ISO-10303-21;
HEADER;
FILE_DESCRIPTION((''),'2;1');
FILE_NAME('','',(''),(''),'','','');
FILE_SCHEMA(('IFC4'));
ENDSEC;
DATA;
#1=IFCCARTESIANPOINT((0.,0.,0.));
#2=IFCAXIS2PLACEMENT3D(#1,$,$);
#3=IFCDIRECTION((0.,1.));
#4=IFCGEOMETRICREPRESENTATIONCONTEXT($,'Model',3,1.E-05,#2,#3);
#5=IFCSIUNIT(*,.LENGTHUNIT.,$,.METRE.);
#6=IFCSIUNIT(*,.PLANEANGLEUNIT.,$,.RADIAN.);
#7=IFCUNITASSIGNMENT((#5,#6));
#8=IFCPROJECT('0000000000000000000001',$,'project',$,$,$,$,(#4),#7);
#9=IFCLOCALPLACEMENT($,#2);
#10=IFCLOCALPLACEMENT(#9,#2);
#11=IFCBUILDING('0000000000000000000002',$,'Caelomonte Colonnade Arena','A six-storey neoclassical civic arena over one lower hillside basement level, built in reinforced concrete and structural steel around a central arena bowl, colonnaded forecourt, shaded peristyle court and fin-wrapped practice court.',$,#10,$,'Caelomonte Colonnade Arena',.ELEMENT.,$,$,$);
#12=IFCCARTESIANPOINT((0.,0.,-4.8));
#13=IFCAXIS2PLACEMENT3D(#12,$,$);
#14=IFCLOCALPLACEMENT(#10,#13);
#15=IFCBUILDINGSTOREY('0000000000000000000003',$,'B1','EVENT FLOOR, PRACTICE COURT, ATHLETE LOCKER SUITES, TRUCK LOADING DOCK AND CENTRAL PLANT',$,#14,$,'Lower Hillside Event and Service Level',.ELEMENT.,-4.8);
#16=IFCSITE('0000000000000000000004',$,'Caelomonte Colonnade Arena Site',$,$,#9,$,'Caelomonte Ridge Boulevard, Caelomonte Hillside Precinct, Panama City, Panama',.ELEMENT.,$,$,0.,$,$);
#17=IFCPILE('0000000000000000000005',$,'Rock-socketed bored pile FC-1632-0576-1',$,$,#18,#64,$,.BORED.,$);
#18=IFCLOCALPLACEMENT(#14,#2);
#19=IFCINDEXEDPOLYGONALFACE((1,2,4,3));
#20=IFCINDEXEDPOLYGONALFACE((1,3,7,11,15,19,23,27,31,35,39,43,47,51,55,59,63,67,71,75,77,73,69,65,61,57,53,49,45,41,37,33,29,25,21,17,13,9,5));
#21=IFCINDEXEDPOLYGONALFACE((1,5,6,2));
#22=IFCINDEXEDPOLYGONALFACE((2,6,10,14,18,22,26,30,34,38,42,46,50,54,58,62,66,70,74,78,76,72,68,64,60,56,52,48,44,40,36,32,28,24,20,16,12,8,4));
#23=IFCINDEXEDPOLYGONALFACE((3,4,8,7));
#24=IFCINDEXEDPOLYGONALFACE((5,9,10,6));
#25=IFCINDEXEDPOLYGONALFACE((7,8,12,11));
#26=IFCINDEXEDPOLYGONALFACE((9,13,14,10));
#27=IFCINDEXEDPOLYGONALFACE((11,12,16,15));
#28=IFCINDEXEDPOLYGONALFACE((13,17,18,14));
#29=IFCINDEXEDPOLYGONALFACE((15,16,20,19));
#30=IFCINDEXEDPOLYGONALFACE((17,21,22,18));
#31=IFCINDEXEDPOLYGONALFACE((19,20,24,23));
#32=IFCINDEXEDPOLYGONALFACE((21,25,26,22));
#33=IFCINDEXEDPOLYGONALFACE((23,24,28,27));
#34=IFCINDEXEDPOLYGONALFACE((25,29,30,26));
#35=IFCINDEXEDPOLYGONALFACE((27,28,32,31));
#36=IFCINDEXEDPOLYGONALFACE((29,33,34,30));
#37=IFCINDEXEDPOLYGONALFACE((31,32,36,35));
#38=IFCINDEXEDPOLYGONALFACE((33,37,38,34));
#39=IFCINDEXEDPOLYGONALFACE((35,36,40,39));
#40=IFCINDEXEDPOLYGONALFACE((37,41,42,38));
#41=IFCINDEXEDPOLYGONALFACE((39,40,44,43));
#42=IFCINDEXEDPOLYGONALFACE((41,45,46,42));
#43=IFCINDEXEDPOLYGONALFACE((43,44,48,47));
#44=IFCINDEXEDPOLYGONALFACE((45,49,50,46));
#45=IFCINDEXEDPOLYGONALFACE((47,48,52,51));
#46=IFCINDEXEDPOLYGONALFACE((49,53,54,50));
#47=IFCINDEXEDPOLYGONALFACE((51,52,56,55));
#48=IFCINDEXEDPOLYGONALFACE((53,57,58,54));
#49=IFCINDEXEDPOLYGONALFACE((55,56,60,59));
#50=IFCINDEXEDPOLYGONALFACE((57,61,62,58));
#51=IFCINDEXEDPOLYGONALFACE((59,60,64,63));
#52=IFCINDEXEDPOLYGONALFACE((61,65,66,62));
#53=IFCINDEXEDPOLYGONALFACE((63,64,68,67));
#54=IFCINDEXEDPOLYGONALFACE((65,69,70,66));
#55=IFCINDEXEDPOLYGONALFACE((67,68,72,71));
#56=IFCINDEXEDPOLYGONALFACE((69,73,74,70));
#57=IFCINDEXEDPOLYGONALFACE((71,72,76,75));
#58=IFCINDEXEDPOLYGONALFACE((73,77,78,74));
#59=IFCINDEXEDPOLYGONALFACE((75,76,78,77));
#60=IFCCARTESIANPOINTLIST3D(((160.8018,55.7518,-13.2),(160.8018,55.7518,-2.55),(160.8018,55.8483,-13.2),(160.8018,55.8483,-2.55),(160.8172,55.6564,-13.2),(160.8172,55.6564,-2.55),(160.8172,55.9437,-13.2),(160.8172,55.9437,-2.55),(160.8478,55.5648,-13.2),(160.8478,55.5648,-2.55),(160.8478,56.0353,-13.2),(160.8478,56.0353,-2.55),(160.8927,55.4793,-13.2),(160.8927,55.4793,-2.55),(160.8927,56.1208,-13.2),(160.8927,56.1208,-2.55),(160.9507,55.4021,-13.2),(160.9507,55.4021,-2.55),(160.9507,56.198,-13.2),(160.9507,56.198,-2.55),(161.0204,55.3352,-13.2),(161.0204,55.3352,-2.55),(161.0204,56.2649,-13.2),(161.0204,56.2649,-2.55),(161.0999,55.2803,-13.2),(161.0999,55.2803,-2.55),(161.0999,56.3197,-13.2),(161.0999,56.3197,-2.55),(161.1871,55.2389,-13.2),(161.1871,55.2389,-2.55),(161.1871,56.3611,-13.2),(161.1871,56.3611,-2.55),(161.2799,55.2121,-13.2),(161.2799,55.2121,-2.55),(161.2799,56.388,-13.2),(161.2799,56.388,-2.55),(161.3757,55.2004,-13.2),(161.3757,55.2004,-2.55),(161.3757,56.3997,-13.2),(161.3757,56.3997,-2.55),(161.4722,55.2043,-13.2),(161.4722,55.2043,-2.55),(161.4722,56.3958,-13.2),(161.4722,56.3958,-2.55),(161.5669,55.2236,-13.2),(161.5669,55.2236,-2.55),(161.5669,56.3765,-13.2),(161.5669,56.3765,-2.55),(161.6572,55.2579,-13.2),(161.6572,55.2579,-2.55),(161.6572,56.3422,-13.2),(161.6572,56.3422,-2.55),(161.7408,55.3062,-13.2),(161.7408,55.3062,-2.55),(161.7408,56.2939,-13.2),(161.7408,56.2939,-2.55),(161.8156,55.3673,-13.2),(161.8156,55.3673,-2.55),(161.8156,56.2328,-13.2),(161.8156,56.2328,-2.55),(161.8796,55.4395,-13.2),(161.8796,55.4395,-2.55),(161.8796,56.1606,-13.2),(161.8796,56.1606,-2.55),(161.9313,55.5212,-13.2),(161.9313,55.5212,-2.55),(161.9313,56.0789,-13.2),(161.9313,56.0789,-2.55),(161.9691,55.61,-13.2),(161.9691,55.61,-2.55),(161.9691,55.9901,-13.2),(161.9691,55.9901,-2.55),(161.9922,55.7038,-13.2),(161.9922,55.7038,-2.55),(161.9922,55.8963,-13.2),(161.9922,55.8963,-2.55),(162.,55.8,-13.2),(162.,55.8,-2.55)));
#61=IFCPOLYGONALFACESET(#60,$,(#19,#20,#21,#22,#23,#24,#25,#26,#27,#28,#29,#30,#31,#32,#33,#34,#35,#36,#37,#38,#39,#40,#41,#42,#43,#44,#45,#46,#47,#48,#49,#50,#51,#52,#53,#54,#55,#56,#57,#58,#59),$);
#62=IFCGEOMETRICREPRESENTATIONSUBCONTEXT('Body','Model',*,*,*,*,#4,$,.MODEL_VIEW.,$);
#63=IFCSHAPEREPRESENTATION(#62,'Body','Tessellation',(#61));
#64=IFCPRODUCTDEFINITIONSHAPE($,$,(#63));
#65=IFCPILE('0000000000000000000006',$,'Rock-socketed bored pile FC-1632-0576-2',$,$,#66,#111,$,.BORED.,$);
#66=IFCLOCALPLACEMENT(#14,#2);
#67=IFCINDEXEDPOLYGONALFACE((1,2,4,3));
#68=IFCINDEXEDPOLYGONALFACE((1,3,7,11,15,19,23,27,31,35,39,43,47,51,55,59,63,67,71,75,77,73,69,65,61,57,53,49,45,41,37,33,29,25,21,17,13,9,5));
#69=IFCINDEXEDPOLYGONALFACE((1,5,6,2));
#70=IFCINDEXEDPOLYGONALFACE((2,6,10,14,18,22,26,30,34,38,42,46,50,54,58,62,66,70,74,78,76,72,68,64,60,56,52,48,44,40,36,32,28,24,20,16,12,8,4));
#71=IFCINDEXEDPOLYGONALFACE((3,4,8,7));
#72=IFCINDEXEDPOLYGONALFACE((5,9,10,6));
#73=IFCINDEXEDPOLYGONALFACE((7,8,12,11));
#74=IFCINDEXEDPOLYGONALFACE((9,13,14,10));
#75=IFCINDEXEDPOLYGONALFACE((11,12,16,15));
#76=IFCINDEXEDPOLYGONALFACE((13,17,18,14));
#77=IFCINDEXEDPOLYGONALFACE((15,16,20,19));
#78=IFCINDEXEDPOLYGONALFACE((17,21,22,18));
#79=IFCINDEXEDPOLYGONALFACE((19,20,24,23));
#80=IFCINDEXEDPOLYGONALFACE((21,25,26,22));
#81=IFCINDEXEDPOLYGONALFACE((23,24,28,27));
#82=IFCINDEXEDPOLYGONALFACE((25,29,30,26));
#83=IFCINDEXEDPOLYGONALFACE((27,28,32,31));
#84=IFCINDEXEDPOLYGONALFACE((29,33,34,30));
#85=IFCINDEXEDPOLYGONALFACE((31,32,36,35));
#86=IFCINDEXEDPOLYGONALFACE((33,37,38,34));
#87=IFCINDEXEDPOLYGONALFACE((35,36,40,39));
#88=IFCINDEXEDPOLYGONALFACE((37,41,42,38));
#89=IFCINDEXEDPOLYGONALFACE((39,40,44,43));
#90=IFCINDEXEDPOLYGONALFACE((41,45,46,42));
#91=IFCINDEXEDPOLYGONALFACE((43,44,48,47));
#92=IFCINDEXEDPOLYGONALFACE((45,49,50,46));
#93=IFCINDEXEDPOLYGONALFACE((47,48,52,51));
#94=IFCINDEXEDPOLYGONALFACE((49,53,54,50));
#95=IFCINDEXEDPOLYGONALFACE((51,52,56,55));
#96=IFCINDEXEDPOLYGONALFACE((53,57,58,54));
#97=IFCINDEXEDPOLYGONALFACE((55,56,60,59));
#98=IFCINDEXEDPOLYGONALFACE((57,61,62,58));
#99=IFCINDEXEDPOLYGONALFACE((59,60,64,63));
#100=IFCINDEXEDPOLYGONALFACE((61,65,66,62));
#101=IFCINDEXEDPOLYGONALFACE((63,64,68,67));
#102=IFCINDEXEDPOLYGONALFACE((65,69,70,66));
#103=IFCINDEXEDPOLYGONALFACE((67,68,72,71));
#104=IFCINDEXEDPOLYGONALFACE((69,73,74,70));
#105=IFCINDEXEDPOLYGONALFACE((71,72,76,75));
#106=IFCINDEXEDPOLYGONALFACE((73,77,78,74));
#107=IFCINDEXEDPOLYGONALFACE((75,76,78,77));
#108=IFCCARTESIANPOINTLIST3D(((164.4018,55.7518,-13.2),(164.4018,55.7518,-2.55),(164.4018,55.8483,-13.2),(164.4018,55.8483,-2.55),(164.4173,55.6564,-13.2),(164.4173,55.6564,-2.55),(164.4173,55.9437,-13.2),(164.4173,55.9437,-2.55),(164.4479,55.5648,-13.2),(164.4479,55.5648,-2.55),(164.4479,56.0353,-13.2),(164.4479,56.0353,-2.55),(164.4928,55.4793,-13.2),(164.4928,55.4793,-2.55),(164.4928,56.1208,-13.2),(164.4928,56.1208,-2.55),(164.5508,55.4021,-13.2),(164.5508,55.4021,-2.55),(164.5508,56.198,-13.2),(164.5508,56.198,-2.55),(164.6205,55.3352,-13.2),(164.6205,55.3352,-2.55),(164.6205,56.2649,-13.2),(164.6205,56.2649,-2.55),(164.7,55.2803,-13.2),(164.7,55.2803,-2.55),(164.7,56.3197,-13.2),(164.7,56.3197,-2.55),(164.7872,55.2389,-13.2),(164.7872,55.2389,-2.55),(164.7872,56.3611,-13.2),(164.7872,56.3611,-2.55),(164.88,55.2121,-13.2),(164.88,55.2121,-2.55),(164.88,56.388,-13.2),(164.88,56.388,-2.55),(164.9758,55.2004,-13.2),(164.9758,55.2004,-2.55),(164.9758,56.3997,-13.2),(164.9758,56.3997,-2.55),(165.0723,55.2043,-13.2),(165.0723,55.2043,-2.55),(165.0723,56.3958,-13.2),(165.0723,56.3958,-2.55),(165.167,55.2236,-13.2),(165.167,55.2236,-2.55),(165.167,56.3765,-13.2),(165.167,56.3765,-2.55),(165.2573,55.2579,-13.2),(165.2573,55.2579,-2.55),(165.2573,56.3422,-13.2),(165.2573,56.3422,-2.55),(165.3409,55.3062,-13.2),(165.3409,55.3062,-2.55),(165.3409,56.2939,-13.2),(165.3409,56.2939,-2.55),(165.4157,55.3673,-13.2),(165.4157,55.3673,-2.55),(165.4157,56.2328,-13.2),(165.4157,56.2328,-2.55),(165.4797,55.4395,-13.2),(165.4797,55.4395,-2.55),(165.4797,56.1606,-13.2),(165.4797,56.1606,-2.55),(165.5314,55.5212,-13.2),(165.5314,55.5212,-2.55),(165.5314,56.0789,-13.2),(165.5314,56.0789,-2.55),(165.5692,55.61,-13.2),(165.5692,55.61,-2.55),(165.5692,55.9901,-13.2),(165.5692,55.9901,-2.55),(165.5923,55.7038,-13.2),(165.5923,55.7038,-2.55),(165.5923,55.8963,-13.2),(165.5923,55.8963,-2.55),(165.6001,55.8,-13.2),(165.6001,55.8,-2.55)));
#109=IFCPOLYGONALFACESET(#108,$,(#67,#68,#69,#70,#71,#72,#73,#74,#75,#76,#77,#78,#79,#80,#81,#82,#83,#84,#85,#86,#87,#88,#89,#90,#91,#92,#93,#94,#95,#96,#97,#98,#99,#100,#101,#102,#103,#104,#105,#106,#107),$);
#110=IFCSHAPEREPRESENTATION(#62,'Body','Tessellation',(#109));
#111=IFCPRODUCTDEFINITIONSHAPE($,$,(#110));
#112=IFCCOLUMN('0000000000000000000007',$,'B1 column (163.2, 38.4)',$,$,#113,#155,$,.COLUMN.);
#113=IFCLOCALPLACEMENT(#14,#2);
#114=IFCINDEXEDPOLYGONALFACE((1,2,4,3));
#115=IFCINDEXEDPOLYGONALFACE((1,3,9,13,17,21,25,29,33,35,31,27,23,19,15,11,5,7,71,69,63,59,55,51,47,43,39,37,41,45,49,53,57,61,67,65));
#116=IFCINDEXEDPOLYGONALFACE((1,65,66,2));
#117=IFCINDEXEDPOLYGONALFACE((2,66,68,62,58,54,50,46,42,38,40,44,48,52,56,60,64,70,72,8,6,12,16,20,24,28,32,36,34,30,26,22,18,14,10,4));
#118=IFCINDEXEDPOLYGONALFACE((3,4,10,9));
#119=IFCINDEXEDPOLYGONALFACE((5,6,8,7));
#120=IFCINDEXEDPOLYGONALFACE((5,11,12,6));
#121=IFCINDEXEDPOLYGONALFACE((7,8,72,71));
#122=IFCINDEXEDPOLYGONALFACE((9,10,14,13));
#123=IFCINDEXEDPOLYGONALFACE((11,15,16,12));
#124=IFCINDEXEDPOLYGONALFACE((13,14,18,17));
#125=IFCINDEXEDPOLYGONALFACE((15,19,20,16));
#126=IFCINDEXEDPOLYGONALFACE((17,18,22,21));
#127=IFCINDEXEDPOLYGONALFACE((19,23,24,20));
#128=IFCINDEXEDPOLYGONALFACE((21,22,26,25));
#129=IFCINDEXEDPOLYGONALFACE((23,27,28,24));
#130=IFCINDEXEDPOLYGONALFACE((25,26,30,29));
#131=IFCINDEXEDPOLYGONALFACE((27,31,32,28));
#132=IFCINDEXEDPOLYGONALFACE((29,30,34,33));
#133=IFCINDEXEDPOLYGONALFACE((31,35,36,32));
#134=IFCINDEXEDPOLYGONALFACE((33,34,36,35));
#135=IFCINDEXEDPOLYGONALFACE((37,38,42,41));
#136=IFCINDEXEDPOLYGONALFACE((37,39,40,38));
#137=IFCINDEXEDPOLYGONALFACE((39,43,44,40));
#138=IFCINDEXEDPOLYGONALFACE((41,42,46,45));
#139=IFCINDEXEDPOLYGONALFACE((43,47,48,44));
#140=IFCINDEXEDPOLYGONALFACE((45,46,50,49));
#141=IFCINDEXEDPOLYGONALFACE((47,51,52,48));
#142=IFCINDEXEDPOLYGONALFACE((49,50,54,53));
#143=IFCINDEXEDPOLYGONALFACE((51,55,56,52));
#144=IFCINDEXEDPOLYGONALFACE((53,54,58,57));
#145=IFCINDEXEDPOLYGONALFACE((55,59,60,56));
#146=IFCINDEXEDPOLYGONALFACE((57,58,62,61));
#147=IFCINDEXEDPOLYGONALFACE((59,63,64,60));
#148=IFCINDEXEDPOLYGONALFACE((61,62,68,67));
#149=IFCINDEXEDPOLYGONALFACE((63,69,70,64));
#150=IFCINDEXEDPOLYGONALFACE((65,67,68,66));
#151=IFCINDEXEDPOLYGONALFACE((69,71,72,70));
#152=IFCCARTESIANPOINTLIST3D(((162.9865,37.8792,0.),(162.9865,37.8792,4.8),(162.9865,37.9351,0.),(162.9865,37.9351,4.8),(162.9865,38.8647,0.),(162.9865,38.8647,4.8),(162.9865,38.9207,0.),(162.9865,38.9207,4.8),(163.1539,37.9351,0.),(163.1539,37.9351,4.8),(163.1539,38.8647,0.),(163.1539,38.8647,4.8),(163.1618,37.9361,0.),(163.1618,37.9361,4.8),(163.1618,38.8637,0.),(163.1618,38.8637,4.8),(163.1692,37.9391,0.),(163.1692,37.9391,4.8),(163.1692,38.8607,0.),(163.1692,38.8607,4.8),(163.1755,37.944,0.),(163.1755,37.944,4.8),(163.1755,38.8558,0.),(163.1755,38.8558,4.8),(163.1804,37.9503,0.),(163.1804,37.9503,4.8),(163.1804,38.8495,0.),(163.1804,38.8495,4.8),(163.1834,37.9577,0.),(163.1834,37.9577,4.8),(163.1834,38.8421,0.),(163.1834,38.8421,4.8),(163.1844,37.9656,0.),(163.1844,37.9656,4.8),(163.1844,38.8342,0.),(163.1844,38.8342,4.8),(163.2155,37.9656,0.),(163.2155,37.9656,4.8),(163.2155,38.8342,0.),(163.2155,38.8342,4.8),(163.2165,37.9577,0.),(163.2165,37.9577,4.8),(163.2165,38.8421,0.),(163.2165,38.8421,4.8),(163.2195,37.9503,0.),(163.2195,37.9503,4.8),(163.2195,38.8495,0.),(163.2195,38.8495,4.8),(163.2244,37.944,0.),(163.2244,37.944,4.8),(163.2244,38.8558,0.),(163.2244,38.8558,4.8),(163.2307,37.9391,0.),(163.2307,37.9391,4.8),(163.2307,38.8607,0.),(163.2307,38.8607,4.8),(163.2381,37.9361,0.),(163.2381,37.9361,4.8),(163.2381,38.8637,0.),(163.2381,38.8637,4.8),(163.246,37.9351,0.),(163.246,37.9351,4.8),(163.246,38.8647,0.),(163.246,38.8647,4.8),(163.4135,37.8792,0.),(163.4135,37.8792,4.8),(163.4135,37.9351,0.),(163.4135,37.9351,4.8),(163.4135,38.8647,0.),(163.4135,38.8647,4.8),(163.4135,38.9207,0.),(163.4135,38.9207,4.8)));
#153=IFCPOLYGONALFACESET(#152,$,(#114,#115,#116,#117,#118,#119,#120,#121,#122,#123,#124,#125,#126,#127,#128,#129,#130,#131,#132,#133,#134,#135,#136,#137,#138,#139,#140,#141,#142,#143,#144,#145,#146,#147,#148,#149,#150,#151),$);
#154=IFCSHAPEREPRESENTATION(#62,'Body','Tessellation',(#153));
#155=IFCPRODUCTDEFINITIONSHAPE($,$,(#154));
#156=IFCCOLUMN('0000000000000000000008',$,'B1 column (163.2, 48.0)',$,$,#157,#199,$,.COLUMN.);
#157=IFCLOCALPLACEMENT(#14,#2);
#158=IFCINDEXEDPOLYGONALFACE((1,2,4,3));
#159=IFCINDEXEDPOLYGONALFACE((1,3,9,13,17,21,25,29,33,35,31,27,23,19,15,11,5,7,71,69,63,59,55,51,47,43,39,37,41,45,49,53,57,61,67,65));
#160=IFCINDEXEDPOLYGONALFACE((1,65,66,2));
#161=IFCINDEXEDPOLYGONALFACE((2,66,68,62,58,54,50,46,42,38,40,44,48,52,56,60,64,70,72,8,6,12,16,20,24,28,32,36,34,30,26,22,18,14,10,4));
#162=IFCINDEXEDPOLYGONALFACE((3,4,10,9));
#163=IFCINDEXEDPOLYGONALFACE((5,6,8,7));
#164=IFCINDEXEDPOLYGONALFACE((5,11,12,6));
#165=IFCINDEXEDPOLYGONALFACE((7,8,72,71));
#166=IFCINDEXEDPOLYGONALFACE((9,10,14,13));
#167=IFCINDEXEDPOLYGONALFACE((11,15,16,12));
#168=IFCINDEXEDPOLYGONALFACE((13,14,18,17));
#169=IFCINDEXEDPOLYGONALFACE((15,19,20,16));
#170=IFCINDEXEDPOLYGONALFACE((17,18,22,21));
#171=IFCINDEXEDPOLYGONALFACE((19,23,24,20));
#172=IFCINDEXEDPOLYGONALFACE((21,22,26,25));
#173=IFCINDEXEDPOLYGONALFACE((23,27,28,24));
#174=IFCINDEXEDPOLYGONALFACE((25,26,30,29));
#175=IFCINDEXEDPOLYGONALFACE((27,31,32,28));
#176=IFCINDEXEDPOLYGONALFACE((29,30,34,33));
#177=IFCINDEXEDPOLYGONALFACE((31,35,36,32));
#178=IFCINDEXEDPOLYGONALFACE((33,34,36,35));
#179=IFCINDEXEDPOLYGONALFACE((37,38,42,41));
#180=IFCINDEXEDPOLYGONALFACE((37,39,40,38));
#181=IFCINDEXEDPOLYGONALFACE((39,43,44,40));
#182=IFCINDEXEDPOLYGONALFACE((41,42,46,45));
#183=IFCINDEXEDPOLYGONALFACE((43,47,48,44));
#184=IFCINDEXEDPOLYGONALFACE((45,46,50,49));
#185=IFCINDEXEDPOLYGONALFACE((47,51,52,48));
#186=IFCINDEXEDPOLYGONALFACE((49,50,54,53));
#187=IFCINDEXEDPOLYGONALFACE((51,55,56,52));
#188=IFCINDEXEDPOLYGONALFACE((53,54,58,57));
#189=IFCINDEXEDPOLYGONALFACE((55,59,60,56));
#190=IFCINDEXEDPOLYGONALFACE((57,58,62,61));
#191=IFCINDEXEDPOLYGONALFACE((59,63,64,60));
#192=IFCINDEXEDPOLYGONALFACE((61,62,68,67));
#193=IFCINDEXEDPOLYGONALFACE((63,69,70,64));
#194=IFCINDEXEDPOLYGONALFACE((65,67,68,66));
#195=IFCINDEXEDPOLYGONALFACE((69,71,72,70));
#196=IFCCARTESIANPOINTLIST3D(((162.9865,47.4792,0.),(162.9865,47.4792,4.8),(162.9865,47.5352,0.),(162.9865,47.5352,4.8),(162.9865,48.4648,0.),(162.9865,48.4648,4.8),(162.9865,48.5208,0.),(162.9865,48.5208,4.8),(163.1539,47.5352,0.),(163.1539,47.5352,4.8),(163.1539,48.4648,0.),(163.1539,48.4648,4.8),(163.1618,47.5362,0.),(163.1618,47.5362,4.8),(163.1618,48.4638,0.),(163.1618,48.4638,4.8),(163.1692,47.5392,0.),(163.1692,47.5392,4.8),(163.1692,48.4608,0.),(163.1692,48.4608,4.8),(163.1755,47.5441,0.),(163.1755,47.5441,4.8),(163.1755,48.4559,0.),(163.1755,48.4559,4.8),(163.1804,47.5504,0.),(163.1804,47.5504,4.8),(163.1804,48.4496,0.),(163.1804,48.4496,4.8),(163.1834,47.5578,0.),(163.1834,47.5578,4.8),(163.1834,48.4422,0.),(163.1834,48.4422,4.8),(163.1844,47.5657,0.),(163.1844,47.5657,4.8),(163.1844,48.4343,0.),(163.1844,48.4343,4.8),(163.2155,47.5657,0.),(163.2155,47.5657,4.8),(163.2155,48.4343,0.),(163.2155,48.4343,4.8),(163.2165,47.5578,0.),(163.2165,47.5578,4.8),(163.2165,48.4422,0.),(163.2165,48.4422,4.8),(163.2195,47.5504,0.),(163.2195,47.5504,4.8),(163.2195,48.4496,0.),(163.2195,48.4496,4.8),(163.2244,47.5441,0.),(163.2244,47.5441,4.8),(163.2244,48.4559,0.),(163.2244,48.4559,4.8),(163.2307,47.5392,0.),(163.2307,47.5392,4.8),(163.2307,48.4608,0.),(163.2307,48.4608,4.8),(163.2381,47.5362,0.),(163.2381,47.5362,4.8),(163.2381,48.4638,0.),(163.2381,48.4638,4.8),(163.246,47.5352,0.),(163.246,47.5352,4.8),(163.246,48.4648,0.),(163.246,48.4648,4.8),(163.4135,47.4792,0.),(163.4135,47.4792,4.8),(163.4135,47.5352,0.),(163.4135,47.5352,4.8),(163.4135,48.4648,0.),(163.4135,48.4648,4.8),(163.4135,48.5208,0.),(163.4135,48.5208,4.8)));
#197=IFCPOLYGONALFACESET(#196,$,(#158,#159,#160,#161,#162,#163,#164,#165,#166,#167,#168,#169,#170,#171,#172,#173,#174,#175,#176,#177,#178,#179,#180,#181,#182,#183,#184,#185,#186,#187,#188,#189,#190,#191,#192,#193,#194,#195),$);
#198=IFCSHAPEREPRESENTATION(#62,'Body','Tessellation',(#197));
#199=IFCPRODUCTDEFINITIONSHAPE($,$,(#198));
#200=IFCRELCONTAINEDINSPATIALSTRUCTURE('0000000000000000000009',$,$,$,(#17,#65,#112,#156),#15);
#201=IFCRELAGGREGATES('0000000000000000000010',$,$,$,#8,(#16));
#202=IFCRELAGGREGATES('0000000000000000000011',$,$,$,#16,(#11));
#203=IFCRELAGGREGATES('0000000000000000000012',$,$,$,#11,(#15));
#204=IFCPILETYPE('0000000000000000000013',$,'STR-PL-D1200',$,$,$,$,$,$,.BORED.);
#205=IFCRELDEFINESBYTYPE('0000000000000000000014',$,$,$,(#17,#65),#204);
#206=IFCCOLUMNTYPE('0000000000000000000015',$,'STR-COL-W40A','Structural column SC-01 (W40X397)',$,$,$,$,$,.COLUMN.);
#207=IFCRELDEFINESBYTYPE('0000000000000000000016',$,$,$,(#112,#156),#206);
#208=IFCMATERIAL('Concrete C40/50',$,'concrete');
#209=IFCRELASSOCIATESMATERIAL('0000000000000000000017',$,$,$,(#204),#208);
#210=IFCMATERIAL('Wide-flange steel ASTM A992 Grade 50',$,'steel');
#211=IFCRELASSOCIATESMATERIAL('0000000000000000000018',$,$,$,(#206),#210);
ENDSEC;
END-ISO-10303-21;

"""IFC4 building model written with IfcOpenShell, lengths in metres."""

from ifc_helpers import new_model, si_unit, direction, frame, origin, origin_2d, place, context, subcontext, project, spatial, circle, i_section, extrude, material, material_profile, profile_set, type_object, element, save


model = new_model("IFC4")

# Units and contexts
model_context = context("Model", 3, precision=1e-05, world=origin(), true_north=direction((0.0, 1.0)))
body_context = subcontext(model_context, "Body", "Model", "MODEL_VIEW")
ifc_project = project(units=[si_unit("LENGTHUNIT", "METRE"), si_unit("PLANEANGLEUNIT", "RADIAN")], contexts=[model_context])

# Site, building, storey
site_placement = place(None, origin())
site = spatial("IfcSite", under=ifc_project, at=site_placement, Name="Caelomonte Colonnade Arena Site", LongName="Caelomonte Ridge Boulevard, Caelomonte Hillside Precinct, Panama City, Panama", CompositionType="ELEMENT", RefElevation=0.0)
building_placement = place(site_placement, origin())
building = spatial("IfcBuilding", under=site, at=building_placement, Name="Caelomonte Colonnade Arena", Description="A six-storey neoclassical civic arena over one lower hillside basement level, built in reinforced concrete and structural steel around a central arena bowl, colonnaded forecourt, shaded peristyle court and fin-wrapped practice court.", LongName="Caelomonte Colonnade Arena", CompositionType="ELEMENT")
storey_placement = place(building_placement, frame((0.0, 0.0, -4.8)))
storey = spatial("IfcBuildingStorey", under=building, at=storey_placement, Name="B1", Description="EVENT FLOOR, PRACTICE COURT, ATHLETE LOCKER SUITES, TRUCK LOADING DOCK AND CENTRAL PLANT", LongName="Lower Hillside Event and Service Level", CompositionType="ELEMENT", Elevation=-4.8)

# Shared definitions
ifc_material_1 = material(Name="Concrete C40/50", Category="concrete")

# Piles
ifc_material_profile_1 = material_profile(ifc_material_1, circle(Radius=0.6001, at=origin_2d()), Name="PILE-D1200")
ifc_profile_set_1 = profile_set([ifc_material_profile_1], Name="Concrete C40/50")
pile_type_1 = type_object("IfcPileType", Name="STR-PL-D1200", PredefinedType="BORED", material=ifc_profile_set_1)
for number, where, z_axis, x_axis, name in (
    (1, (161.3999, 55.8, -2.55), (0.0, 0.0, -1.0), (1.0, 0.0, 0.0), "Rock-socketed bored pile FC-1632-0576-1"),
    (2, (165.0, 55.8, -2.55), (0.0, 0.0, -1.0), (1.0, 0.0, 0.0), "Rock-socketed bored pile FC-1632-0576-2"),
):
    element("IfcPile", number, at=place(storey_placement, frame(where, z_axis=z_axis, x_axis=x_axis)), inside=storey, type_object=pile_type_1, Name=name, PredefinedType="BORED", context=body_context, shape_type="SweptSolid", body=[
        extrude(circle(Radius=0.6001, at=origin_2d()), origin(), (0.0, 0.0, 1.0), 10.6499),
    ])

# Columns
ifc_material_2 = material(Name="Wide-flange steel ASTM A992 Grade 50", Category="steel")
ifc_material_profile_2 = material_profile(ifc_material_2, i_section(OverallWidth=0.427, OverallDepth=1.0415, WebThickness=0.031, FlangeThickness=0.0559, FilletRadius=0.0305, at=origin_2d()), Name="W40X397")
ifc_profile_set_2 = profile_set([ifc_material_profile_2], Name="Wide-flange steel ASTM A992 Grade 50")
column_type = type_object("IfcColumnType", Name="STR-COL-W40A", Description="Structural column SC-01 (W40X397)", PredefinedType="COLUMN", material=ifc_profile_set_2)
for number, where, z_axis, x_axis, name in (
    (3, (163.2, 38.3999, 0.0), (0.0, 0.0, 1.0), (1.0, 0.0, 0.0), "B1 column (163.2, 38.4)"),
    (4, (163.2, 48.0, 0.0), (0.0, 0.0, 1.0), (1.0, 0.0, 0.0), "B1 column (163.2, 48.0)"),
):
    element("IfcColumn", number, at=place(storey_placement, frame(where, z_axis=z_axis, x_axis=x_axis)), inside=storey, type_object=column_type, Name=name, PredefinedType="COLUMN", context=body_context, shape_type="SweptSolid", body=[
        extrude(i_section(OverallWidth=0.427, OverallDepth=1.0415, WebThickness=0.031, FlangeThickness=0.0559, FilletRadius=0.0305, at=origin_2d()), origin(), (0.0, 0.0, 1.0), 4.8),
    ])

save(model, "model.ifc")
